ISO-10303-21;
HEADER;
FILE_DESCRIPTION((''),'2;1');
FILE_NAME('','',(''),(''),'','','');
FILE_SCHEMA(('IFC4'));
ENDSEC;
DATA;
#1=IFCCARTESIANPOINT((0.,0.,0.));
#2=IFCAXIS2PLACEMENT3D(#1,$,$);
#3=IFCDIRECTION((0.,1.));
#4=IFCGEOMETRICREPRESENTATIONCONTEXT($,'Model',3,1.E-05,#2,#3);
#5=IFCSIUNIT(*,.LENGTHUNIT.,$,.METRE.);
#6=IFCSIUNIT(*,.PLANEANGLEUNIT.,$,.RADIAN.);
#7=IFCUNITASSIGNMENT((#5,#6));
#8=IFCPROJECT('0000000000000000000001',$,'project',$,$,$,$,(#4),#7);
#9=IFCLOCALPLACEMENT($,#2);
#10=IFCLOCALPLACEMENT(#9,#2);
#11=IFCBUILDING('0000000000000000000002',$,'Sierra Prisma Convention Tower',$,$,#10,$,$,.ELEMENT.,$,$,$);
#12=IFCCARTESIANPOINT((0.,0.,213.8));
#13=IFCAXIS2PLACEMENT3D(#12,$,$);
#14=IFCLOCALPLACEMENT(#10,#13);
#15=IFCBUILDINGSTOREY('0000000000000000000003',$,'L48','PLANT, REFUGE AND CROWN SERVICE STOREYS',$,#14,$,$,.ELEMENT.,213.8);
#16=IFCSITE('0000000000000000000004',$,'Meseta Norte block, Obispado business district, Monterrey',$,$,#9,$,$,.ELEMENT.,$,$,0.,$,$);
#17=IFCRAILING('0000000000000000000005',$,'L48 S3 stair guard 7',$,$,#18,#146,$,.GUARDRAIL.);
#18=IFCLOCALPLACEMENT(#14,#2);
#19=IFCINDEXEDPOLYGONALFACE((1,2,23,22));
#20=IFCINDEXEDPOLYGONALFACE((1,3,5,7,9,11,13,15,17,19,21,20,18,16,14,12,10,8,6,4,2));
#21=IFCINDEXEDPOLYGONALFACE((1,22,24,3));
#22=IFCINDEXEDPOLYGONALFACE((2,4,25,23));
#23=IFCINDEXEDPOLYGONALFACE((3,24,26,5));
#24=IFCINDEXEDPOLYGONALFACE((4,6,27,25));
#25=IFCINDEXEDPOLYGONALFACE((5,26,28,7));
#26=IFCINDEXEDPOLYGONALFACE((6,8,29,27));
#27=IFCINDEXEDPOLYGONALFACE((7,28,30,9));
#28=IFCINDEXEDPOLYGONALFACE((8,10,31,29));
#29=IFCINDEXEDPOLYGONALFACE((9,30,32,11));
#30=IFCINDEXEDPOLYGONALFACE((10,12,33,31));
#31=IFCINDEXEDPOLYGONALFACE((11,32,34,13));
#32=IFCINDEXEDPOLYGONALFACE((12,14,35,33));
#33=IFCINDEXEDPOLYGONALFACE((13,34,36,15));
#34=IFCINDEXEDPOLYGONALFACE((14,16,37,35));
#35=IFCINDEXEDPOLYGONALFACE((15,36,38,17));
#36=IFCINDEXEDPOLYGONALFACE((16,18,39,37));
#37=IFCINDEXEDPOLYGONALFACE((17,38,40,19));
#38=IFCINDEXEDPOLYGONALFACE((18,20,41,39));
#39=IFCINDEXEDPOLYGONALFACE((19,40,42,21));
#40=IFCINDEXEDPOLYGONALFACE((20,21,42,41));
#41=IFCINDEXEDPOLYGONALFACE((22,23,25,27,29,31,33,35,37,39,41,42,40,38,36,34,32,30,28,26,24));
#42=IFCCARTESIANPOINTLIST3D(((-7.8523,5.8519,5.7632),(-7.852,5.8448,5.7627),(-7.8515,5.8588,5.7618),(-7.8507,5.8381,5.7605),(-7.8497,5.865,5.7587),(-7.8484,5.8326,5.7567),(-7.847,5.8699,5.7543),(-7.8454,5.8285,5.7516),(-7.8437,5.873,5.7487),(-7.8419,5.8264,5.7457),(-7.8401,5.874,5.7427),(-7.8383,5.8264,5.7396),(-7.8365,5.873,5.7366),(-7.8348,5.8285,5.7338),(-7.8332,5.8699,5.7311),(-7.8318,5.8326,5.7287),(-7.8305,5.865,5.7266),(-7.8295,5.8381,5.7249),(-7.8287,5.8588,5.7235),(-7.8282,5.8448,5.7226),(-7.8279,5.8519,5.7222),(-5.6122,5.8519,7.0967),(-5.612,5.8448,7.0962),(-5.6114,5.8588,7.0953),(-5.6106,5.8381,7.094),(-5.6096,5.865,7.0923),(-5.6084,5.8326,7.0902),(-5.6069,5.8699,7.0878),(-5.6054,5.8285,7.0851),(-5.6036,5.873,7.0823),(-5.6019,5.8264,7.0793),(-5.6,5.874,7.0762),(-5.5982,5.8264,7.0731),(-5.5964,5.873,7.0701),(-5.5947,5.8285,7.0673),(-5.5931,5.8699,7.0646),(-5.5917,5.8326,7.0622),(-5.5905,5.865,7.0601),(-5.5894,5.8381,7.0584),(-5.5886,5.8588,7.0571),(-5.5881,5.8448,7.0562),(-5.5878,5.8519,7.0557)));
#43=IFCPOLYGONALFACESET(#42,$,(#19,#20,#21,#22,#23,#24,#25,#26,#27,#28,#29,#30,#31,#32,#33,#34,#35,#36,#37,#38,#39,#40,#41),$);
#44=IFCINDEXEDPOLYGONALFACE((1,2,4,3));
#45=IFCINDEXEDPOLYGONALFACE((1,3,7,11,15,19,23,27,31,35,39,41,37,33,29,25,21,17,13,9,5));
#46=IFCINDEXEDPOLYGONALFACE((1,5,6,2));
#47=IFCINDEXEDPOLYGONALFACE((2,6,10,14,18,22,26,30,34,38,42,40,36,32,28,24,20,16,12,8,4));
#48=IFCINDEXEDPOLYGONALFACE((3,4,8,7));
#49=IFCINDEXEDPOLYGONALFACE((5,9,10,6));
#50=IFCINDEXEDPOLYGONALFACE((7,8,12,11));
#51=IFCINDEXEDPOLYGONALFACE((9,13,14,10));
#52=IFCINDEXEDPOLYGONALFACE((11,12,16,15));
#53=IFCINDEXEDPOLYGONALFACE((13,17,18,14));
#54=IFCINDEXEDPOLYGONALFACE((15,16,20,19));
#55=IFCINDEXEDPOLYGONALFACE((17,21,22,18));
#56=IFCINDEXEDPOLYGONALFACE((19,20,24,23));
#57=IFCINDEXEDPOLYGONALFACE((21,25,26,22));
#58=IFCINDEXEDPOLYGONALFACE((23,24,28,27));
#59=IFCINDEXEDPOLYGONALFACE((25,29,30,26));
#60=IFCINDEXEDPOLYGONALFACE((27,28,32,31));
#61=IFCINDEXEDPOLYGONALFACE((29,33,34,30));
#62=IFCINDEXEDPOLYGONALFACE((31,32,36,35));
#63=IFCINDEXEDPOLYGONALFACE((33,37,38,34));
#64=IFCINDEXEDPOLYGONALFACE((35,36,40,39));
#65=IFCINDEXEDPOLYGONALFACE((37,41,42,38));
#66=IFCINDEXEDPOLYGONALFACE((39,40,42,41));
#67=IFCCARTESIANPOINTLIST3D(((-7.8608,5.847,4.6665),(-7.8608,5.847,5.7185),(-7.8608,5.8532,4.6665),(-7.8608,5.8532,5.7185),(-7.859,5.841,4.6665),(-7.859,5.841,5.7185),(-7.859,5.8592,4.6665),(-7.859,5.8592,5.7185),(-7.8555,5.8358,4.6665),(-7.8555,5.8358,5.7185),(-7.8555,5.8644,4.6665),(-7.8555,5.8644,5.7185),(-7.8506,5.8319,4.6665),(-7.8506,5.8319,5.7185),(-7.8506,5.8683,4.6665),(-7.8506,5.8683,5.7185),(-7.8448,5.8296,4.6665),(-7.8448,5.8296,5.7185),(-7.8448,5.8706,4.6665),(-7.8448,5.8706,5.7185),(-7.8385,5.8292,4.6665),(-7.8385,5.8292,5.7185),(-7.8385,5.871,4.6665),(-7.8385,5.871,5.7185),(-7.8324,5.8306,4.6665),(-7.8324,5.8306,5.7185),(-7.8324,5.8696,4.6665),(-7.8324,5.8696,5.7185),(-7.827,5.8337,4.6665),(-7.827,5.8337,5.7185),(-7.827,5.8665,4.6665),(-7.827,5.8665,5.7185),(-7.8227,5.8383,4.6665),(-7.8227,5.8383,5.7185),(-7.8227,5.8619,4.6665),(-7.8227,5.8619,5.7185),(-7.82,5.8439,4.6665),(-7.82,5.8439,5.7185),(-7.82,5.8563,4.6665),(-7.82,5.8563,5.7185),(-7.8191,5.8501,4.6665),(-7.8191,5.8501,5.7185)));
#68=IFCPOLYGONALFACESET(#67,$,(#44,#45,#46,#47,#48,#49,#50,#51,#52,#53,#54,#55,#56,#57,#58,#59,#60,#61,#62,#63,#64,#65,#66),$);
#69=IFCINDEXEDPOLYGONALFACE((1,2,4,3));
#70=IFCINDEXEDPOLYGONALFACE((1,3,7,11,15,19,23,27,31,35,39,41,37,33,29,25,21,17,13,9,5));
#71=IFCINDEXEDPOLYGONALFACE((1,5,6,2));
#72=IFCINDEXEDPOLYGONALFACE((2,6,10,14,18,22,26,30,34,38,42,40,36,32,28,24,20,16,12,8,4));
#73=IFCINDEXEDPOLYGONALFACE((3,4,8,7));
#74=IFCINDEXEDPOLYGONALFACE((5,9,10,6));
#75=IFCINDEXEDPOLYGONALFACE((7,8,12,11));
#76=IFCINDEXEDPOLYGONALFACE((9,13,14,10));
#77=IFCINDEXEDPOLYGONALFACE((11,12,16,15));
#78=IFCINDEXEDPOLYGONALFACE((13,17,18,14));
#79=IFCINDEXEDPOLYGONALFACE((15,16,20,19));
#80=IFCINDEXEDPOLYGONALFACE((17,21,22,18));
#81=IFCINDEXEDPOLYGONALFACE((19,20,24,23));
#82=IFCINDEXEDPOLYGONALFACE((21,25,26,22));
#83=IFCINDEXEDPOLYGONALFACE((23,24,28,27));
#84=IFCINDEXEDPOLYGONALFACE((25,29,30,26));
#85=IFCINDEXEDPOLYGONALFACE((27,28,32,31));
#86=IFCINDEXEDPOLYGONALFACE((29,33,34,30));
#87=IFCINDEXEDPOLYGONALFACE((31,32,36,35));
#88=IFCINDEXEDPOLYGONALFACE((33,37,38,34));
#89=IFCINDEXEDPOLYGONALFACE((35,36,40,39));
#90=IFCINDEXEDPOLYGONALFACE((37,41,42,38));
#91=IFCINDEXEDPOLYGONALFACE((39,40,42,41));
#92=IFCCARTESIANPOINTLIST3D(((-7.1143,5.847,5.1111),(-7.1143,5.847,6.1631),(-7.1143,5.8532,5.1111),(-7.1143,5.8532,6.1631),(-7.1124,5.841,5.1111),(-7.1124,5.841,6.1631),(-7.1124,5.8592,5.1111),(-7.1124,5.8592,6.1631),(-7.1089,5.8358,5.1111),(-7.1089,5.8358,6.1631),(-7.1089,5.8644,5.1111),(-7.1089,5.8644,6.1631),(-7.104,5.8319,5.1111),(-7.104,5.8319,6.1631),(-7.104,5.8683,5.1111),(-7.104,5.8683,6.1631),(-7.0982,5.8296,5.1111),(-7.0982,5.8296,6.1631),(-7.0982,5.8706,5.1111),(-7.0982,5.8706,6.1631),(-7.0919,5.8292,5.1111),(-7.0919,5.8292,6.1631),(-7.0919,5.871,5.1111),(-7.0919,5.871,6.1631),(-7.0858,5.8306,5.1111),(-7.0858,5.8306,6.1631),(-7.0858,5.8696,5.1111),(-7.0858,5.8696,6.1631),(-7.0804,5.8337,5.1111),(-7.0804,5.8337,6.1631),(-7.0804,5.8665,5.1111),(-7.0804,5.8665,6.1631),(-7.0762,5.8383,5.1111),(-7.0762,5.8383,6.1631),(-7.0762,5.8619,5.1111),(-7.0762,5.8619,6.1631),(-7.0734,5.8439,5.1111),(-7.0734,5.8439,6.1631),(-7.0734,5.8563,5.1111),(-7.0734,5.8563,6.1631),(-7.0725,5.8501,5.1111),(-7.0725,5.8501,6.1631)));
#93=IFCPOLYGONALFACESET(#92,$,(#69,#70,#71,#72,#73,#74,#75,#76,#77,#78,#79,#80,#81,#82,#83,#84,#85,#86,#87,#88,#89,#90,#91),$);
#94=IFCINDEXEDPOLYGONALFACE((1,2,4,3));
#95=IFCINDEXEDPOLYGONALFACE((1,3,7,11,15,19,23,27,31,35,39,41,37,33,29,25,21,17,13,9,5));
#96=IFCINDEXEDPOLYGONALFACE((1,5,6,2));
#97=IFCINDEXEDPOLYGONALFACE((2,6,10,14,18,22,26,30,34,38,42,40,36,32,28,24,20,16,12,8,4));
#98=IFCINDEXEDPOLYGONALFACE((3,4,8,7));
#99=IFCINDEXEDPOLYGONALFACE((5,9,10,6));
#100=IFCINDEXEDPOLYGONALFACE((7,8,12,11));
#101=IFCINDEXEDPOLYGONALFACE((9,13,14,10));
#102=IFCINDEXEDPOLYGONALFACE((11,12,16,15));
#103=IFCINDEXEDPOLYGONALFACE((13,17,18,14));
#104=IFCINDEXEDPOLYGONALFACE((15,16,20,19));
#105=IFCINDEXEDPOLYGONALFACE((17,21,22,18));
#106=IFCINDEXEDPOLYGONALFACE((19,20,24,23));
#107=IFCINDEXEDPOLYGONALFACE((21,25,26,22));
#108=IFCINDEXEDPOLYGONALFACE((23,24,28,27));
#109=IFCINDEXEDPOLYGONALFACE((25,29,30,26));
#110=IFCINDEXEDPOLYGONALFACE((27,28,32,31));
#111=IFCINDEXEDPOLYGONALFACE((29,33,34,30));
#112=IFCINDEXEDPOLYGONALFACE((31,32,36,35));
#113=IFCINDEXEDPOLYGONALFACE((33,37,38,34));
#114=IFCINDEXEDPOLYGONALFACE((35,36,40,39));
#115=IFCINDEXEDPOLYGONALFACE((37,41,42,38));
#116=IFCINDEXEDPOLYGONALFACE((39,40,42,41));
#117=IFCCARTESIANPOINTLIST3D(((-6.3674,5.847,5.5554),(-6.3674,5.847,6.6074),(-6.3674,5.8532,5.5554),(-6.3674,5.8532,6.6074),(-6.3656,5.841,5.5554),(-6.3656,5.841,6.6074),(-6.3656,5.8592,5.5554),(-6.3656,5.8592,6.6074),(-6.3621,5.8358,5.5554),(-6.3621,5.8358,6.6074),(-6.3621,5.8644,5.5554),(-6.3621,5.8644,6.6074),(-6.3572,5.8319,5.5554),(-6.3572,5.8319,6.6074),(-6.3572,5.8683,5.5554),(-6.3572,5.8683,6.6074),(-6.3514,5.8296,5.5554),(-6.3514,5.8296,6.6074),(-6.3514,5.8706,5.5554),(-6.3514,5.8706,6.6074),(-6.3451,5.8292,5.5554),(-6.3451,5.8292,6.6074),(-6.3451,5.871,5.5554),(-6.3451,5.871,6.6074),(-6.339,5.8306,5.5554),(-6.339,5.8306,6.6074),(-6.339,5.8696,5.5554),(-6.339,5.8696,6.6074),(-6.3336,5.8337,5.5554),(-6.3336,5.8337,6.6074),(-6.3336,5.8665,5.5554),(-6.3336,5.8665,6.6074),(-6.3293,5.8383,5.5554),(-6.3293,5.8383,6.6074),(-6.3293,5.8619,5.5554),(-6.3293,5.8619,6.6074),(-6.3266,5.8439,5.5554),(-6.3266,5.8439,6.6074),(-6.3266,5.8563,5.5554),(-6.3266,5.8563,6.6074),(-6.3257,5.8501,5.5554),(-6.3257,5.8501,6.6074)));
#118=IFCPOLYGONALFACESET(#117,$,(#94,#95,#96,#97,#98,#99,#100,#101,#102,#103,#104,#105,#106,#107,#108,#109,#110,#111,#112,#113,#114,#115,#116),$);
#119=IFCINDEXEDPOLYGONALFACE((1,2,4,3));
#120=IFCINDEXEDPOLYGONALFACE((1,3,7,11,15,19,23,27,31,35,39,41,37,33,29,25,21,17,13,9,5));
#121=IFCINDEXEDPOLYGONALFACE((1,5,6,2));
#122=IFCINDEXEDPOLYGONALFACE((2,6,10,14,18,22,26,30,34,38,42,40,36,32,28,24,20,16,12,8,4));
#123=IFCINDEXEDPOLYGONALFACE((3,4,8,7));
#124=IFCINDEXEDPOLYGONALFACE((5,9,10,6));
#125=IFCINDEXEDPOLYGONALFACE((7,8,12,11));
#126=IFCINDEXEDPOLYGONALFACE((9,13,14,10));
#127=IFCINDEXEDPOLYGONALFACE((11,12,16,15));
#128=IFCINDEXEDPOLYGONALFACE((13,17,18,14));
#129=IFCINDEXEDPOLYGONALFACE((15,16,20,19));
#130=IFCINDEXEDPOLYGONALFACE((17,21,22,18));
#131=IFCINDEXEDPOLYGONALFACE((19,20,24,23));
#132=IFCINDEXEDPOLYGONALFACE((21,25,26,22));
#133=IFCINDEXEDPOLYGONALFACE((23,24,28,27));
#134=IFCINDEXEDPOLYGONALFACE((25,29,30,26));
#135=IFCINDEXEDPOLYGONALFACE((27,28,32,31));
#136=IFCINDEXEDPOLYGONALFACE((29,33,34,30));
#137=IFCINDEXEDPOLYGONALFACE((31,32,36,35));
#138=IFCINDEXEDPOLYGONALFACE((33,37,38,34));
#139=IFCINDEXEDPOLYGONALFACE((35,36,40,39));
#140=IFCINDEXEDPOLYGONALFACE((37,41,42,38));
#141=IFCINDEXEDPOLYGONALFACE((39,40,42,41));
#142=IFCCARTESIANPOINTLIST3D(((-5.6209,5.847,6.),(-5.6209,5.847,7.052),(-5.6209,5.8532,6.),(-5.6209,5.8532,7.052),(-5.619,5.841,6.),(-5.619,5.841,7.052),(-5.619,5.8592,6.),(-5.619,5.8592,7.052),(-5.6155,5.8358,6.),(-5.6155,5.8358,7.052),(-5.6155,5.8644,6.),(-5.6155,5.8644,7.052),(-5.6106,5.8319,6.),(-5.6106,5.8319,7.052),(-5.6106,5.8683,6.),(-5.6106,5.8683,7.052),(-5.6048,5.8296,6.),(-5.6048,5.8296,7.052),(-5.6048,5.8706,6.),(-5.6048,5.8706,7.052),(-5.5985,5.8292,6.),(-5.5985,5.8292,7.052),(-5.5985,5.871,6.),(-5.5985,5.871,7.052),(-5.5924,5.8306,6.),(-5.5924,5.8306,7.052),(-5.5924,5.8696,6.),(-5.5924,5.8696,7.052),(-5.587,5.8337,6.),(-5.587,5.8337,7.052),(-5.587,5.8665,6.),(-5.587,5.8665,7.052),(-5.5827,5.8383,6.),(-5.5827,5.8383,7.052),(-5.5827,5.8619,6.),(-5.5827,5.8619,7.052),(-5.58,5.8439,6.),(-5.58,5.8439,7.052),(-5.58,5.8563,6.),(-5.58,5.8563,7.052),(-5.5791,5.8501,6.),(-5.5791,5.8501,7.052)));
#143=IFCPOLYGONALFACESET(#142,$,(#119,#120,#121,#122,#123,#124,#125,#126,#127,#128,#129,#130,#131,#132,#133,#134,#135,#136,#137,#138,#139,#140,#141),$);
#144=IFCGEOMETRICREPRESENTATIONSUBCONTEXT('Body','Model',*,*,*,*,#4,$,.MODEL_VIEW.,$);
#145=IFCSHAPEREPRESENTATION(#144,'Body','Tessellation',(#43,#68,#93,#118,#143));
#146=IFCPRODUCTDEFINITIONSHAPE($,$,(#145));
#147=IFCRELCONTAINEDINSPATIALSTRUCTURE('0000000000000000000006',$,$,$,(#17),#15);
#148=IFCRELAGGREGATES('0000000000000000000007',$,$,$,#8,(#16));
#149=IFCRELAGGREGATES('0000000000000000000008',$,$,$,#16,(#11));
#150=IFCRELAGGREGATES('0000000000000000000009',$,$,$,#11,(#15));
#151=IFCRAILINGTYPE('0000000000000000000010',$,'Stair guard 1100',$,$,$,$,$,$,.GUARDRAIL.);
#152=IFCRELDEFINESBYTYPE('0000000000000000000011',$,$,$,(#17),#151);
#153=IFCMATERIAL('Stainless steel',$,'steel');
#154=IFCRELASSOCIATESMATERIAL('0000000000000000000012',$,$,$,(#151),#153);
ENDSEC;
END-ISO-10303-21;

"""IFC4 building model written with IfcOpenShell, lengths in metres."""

from ifc_helpers import new_model, si_unit, direction, frame, origin, origin_2d, place, context, subcontext, project, spatial, circle, extrude, material, type_object, element, save


model = new_model("IFC4")

# Units and contexts
model_context = context("Model", 3, precision=1e-05, world=origin(), true_north=direction((0.0, 1.0)))
body_context = subcontext(model_context, "Body", "Model", "MODEL_VIEW")
ifc_project = project(units=[si_unit("LENGTHUNIT", "METRE"), si_unit("PLANEANGLEUNIT", "RADIAN")], contexts=[model_context])

# Site, building, storey
site_placement = place(None, origin())
site = spatial("IfcSite", under=ifc_project, at=site_placement, Name="Meseta Norte block, Obispado business district, Monterrey", CompositionType="ELEMENT", RefElevation=0.0)
building_placement = place(site_placement, origin())
building = spatial("IfcBuilding", under=site, at=building_placement, Name="Sierra Prisma Convention Tower", CompositionType="ELEMENT")
storey_placement = place(building_placement, frame((0.0, 0.0, 213.8)))
storey = spatial("IfcBuildingStorey", under=building, at=storey_placement, Name="L48", Description="PLANT, REFUGE AND CROWN SERVICE STOREYS", CompositionType="ELEMENT", Elevation=213.8)

# Railing
ifc_material_1 = material(Name="Stainless steel", Category="steel")
railing_type_1 = type_object("IfcRailingType", Name="Stair guard 1100", PredefinedType="GUARDRAIL", material=ifc_material_1)
railing_1_placement = place(storey_placement, frame((-7.8401, 5.8501, 4.6665)))
element("IfcRailing", 1, at=railing_1_placement, inside=storey, type_object=railing_type_1, Name="L48 S3 stair guard 7", PredefinedType="GUARDRAIL", context=body_context, shape_type="SweptSolid", body=[
    extrude(circle(Radius=0.0239, at=origin_2d()), frame((0.0, 0.0, 1.0762), z_axis=(0.859264, 0.0, 0.511532), x_axis=(0.0, 1.0, 0.0)), (0.0, 0.0, 1.0), 2.6069),
    extrude(circle(Radius=0.021, at=origin_2d()), origin(), (0.0, 0.0, 1.0), 1.052),
    extrude(circle(Radius=0.021, at=origin_2d()), frame((0.7466, 0.0, 0.4446)), (0.0, 0.0, 1.0), 1.052),
    extrude(circle(Radius=0.021, at=origin_2d()), frame((1.4934, 0.0, 0.8889)), (0.0, 0.0, 1.0), 1.052),
    extrude(circle(Radius=0.021, at=origin_2d()), frame((2.24, 0.0, 1.3335)), (0.0, 0.0, 1.0), 1.052),
])

save(model, "model.ifc")
